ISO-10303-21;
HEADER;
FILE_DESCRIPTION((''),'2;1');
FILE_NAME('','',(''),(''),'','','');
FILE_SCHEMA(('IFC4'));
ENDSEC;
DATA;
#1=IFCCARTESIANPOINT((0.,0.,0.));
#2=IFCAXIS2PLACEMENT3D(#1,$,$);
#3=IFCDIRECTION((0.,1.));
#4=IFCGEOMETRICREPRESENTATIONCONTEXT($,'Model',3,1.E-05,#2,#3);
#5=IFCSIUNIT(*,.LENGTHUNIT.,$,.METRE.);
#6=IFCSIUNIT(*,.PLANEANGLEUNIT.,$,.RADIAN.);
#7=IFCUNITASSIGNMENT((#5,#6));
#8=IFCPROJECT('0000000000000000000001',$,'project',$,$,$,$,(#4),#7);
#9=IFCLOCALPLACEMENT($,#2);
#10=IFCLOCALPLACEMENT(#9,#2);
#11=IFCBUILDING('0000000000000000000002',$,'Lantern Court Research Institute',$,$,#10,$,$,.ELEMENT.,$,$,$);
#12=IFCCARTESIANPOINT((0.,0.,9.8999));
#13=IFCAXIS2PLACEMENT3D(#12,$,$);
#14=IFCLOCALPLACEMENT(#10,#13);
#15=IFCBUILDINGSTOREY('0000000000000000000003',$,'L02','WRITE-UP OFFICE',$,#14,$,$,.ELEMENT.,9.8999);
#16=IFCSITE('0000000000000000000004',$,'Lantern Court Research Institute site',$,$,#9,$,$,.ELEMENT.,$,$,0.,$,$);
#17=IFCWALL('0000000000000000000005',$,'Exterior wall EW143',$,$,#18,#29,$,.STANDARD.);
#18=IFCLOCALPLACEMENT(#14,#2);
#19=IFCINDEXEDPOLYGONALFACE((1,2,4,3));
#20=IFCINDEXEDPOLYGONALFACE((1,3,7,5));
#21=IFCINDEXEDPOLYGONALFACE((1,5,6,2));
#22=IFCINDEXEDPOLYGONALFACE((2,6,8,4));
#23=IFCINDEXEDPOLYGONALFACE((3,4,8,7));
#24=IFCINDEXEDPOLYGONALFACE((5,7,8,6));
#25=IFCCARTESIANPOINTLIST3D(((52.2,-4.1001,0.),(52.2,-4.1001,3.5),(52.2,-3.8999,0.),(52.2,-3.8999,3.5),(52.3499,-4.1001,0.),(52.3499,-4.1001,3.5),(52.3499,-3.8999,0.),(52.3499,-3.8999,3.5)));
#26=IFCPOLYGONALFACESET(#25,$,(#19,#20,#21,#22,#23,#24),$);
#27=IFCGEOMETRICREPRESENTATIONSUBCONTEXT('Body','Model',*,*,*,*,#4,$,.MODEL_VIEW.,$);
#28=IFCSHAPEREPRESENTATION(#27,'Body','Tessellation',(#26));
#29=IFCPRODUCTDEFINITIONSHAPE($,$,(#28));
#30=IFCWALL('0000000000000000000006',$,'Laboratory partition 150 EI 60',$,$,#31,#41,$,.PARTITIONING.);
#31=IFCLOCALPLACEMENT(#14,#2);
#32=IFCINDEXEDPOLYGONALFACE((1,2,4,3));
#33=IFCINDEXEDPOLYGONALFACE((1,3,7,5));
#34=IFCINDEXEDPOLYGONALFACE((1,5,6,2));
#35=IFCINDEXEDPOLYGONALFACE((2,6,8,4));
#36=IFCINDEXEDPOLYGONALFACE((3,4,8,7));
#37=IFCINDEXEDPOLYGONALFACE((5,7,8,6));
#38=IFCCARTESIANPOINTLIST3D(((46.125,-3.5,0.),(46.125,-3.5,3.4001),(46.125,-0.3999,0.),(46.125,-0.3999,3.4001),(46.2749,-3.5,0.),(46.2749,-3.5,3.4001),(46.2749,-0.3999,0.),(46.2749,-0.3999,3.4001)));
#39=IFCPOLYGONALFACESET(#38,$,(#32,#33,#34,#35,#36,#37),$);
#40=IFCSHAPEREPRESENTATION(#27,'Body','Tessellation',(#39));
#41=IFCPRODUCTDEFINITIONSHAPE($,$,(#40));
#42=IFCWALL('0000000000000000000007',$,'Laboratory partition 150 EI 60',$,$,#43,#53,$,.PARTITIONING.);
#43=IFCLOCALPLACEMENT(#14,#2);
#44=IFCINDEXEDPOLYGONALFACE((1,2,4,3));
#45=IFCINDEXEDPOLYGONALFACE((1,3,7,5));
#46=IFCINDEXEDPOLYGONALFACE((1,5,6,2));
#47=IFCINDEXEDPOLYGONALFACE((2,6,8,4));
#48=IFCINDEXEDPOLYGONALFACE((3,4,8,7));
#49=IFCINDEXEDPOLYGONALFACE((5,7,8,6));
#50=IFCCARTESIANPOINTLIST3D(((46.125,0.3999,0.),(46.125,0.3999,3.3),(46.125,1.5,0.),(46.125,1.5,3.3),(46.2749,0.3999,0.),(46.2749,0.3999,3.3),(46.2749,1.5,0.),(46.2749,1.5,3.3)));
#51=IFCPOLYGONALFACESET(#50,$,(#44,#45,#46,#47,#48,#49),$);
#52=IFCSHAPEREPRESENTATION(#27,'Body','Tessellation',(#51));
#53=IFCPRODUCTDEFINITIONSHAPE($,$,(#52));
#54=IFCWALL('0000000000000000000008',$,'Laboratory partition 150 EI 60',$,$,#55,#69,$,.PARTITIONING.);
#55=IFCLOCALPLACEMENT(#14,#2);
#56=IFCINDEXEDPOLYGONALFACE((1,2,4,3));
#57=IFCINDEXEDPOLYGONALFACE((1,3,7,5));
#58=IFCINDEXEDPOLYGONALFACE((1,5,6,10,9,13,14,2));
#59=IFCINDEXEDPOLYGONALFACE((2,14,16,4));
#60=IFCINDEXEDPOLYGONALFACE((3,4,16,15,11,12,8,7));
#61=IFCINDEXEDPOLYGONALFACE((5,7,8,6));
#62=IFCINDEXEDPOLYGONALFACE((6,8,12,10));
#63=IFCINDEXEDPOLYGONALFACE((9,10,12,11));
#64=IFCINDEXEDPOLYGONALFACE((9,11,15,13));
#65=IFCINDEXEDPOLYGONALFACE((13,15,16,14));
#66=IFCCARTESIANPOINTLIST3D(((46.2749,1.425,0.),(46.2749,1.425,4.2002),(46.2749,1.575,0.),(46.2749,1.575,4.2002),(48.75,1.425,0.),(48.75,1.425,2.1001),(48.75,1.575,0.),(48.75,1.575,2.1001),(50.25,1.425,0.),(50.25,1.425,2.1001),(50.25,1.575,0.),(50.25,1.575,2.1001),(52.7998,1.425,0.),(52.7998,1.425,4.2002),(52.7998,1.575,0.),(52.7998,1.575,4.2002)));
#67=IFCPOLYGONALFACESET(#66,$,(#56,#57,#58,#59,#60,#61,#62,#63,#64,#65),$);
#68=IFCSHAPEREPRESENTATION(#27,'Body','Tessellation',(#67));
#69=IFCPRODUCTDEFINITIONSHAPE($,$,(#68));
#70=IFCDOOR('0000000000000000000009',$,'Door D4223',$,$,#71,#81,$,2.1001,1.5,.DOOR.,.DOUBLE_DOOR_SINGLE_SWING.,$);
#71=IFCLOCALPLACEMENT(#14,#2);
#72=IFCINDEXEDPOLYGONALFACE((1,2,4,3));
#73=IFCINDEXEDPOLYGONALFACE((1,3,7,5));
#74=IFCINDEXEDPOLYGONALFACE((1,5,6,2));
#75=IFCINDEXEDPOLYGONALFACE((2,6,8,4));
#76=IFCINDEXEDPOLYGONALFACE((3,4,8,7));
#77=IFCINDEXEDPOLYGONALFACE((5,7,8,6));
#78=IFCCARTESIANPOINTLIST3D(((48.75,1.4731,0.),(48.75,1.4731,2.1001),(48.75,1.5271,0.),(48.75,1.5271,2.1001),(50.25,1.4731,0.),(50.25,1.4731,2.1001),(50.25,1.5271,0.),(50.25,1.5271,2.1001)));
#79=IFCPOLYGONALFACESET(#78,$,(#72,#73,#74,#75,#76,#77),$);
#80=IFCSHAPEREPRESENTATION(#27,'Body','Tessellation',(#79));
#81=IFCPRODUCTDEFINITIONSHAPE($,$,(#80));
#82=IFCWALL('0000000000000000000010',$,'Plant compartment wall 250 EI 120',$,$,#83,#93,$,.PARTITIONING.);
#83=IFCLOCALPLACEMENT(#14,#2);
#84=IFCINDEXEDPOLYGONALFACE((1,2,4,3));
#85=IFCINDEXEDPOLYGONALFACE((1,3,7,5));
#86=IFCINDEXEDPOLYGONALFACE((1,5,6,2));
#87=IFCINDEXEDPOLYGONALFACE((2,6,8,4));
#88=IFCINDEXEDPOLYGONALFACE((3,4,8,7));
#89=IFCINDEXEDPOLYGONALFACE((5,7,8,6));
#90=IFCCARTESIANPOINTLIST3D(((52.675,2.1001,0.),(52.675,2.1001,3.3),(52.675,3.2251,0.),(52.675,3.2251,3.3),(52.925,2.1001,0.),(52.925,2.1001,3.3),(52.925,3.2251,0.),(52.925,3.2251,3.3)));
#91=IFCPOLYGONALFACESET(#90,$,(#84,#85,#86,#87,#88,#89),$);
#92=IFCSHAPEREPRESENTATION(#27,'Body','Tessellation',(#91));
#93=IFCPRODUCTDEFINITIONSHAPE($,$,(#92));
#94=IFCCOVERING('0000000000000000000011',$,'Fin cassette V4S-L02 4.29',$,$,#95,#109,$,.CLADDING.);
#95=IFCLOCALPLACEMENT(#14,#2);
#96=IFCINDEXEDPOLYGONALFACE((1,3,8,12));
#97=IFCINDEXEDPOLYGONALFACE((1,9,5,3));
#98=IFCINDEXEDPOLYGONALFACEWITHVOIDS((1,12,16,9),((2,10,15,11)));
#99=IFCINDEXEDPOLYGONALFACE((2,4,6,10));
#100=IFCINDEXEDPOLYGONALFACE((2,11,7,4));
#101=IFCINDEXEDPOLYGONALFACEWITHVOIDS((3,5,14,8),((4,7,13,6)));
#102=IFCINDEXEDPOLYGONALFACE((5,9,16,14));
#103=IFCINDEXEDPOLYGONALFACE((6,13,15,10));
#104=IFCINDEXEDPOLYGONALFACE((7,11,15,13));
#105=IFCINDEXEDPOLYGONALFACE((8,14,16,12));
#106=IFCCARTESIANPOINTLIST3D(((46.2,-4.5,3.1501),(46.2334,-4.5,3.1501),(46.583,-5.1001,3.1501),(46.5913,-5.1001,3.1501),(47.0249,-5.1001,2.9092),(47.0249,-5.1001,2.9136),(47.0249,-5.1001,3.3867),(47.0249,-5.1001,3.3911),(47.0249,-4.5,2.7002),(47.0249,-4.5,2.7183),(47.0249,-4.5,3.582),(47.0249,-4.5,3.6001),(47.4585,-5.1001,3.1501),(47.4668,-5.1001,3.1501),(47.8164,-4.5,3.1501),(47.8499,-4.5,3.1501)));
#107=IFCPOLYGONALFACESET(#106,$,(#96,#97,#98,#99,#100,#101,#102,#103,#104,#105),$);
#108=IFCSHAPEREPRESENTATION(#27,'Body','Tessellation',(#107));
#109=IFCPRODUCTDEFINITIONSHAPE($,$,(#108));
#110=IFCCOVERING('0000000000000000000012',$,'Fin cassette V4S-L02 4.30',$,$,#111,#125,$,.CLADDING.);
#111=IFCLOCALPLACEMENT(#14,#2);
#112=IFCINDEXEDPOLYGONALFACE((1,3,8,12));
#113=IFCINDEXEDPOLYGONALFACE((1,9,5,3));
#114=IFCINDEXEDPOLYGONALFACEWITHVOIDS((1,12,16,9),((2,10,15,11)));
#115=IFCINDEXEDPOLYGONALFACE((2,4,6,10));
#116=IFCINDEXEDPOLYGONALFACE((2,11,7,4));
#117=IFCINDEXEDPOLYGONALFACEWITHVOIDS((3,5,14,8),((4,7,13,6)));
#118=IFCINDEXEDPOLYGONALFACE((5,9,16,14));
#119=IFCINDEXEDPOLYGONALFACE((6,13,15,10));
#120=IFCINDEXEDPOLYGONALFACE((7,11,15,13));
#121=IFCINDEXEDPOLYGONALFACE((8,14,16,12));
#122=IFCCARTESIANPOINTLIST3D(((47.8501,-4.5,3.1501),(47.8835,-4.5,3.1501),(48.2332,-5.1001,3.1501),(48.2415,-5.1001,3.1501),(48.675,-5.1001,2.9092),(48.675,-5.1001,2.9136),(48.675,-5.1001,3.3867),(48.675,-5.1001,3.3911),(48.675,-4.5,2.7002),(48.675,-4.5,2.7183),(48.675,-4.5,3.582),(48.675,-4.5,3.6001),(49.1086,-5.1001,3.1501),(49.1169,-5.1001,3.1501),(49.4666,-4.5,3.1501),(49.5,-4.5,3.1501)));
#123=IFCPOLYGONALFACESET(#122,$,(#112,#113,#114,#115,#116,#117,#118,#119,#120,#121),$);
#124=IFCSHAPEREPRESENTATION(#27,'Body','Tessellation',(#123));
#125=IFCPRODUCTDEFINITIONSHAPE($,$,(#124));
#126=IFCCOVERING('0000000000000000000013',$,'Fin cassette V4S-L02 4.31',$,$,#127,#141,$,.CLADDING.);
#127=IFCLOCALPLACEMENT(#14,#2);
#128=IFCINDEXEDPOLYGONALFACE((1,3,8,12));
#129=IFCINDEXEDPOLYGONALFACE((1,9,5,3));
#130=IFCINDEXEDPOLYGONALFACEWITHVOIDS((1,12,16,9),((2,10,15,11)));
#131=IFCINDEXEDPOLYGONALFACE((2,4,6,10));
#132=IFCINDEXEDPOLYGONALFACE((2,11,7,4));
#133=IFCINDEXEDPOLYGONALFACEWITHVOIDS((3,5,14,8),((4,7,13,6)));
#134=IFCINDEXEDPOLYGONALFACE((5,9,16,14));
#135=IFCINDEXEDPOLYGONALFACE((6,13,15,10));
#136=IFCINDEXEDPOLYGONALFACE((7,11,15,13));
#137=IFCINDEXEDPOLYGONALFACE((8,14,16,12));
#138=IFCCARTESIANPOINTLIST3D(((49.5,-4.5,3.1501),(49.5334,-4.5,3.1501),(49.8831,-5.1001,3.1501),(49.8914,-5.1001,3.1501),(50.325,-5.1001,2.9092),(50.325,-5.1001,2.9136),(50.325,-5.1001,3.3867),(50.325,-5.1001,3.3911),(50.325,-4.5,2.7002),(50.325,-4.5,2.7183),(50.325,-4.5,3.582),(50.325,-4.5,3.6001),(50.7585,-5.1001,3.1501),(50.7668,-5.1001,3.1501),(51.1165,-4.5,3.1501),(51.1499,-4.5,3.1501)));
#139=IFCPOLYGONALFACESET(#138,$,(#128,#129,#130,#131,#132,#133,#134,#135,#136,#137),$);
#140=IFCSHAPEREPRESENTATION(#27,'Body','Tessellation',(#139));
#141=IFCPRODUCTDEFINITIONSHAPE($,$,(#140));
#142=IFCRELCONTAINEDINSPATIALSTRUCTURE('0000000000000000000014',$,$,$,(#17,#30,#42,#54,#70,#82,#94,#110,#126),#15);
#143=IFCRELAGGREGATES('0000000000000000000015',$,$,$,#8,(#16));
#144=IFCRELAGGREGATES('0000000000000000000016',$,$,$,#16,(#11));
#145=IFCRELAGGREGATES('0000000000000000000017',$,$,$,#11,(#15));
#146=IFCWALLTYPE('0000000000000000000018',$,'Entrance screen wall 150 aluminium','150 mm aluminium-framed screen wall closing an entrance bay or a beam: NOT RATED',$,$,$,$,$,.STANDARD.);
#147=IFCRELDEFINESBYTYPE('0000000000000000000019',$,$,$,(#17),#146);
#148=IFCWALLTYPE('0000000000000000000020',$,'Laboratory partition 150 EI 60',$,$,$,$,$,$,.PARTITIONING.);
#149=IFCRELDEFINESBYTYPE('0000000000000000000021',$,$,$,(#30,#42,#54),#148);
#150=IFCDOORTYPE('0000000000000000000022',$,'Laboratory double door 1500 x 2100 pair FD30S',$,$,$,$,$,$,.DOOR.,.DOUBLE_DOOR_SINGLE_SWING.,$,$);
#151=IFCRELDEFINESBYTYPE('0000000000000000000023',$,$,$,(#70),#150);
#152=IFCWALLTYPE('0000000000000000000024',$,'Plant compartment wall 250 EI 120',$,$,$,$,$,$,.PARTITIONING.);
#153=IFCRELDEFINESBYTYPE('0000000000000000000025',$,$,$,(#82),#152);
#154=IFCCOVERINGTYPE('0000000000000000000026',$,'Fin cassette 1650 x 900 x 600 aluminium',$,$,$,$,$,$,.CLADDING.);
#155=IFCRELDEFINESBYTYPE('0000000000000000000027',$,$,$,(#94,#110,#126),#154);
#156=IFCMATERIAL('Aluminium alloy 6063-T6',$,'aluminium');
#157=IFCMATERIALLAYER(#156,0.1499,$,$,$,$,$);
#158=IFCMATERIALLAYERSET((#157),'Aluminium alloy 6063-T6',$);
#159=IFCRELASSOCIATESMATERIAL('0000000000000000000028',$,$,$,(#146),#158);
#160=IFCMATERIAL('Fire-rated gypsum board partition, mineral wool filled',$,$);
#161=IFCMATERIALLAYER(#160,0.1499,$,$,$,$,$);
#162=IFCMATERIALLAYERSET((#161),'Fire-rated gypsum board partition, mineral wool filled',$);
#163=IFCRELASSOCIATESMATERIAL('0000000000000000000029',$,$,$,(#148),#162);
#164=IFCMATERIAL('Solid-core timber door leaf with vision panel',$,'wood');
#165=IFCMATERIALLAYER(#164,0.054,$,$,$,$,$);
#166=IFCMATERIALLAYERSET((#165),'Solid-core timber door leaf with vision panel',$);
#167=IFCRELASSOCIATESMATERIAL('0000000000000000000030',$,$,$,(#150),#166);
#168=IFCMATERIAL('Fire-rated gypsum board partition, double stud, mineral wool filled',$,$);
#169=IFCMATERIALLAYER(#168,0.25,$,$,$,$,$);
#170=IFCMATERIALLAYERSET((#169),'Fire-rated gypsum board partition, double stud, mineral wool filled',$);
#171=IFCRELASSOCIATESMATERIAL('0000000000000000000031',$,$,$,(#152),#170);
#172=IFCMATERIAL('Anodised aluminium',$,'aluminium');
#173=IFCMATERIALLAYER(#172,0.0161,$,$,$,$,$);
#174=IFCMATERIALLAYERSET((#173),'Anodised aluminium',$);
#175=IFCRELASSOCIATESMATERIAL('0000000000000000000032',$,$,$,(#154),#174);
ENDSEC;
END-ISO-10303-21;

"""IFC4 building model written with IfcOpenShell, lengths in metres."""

from ifc_helpers import new_model, entity, si_unit, direction, frame, frame_2d, origin, place, context, subcontext, project, spatial, rectangle, extrude, material, layer, layer_set, type_object, element, fill, save


model = new_model("IFC4")

# Units and contexts
model_context = context("Model", 3, precision=1e-05, world=origin(), true_north=direction((0.0, 1.0)))
body_context = subcontext(model_context, "Body", "Model", "MODEL_VIEW")
ifc_project = project(units=[si_unit("LENGTHUNIT", "METRE"), si_unit("PLANEANGLEUNIT", "RADIAN")], contexts=[model_context])

# Site, building, storey
site_placement = place(None, origin())
site = spatial("IfcSite", under=ifc_project, at=site_placement, Name="Lantern Court Research Institute site", CompositionType="ELEMENT", RefElevation=0.0)
building_placement = place(site_placement, origin())
building = spatial("IfcBuilding", under=site, at=building_placement, Name="Lantern Court Research Institute", CompositionType="ELEMENT")
storey_placement = place(building_placement, frame((0.0, 0.0, 9.8999)))
storey = spatial("IfcBuildingStorey", under=building, at=storey_placement, Name="L02", Description="WRITE-UP OFFICE", CompositionType="ELEMENT", Elevation=9.8999)

# Walls
ifc_material_1 = material(Name="Aluminium alloy 6063-T6", Category="aluminium")
ifc_layer_1 = layer(ifc_material_1, 0.1499)
ifc_layer_set_1 = layer_set([ifc_layer_1], Name="Aluminium alloy 6063-T6")
wall_type_1 = type_object("IfcWallType", Name="Entrance screen wall 150 aluminium", Description="150 mm aluminium-framed screen wall closing an entrance bay or a beam: NOT RATED", PredefinedType="STANDARD", material=ifc_layer_set_1)
wall_1_placement = place(storey_placement, frame((52.2749, -4.1001, 0.0), z_axis=(0.0, 0.0, 1.0), x_axis=(0.0, 1.0, 0.0)))
element("IfcWall", 1, at=wall_1_placement, inside=storey, type_object=wall_type_1, Name="Exterior wall EW143", PredefinedType="STANDARD", context=body_context, shape_type="SweptSolid", body=[
    extrude(rectangle(XDim=0.2002, YDim=0.1499, at=frame_2d((0.1001, 0.0))), origin(), (0.0, 0.0, 1.0), 3.5),
])
ifc_material_2 = material(Name="Fire-rated gypsum board partition, mineral wool filled")
ifc_layer_2 = layer(ifc_material_2, 0.1499)
ifc_layer_set_2 = layer_set([ifc_layer_2], Name="Fire-rated gypsum board partition, mineral wool filled")
wall_type_2 = type_object("IfcWallType", Name="Laboratory partition 150 EI 60", PredefinedType="PARTITIONING", material=ifc_layer_set_2)
wall_2_placement = place(storey_placement, frame((46.2, -3.5, 0.0), z_axis=(0.0, 0.0, 1.0), x_axis=(0.0, 1.0, 0.0)))
element("IfcWall", 2, at=wall_2_placement, inside=storey, type_object=wall_type_2, Name="Laboratory partition 150 EI 60", PredefinedType="PARTITIONING", context=body_context, shape_type="SweptSolid", body=[
    extrude(rectangle(XDim=3.1001, YDim=0.1499, at=frame_2d((1.55, 0.0))), origin(), (0.0, 0.0, 1.0), 3.4001),
])
wall_3_placement = place(storey_placement, frame((46.2, 0.3999, 0.0), z_axis=(0.0, 0.0, 1.0), x_axis=(0.0, 1.0, 0.0)))
element("IfcWall", 3, at=wall_3_placement, inside=storey, type_object=wall_type_2, Name="Laboratory partition 150 EI 60", PredefinedType="PARTITIONING", context=body_context, shape_type="SweptSolid", body=[
    extrude(rectangle(XDim=1.1001, YDim=0.1499, at=frame_2d((0.55, 0.0))), origin(), (0.0, 0.0, 1.0), 3.3),
])

# Wall, opening, door
wall_4_placement = place(storey_placement, frame((52.7998, 1.5, 0.0), z_axis=(0.0, 0.0, 1.0), x_axis=(-1.0, 0.0, 0.0)))
wall_4 = element("IfcWall", 4, at=wall_4_placement, inside=storey, type_object=wall_type_2, Name="Laboratory partition 150 EI 60", PredefinedType="PARTITIONING", context=body_context, shape_type="SweptSolid", body=[
    extrude(rectangle(XDim=6.5249, YDim=0.1499, at=frame_2d((3.2625, 0.0))), origin(), (0.0, 0.0, 1.0), 4.2002),
])
opening_placement = place(wall_4_placement, frame((2.5498, 0.0, 0.0)))
opening = element("IfcOpeningElement", 5, at=opening_placement, cuts=wall_4, PredefinedType="OPENING", context=body_context, shape_type="SweptSolid", body=[
    extrude(rectangle(XDim=1.5, YDim=2.1001, at=frame_2d((0.75, 1.05))), frame((0.0, 0.085, 0.0), z_axis=(0.0, -1.0, 0.0), x_axis=(1.0, 0.0, 0.0)), (0.0, 0.0, 1.0), 0.1699),
])
ifc_material_3 = material(Name="Solid-core timber door leaf with vision panel", Category="wood")
ifc_layer_3 = layer(ifc_material_3, 0.054)
ifc_layer_set_3 = layer_set([ifc_layer_3], Name="Solid-core timber door leaf with vision panel")
door_type = type_object("IfcDoorType", Name="Laboratory double door 1500 x 2100 pair FD30S", OperationType="DOUBLE_DOOR_SINGLE_SWING", PredefinedType="DOOR", material=ifc_layer_set_3)
door_placement = place(opening_placement, origin())
door = element("IfcDoor", 6, at=door_placement, inside=storey, type_object=door_type, Name="Door D4223", OperationType="DOUBLE_DOOR_SINGLE_SWING", OverallHeight=2.1001, OverallWidth=1.5, PredefinedType="DOOR", context=body_context, shape_type="SweptSolid", body=[
    extrude(rectangle(XDim=1.5, YDim=2.1001, at=frame_2d((0.75, 1.05))), frame((0.0, 0.0269, 0.0), z_axis=(0.0, -1.0, 0.0), x_axis=(1.0, 0.0, 0.0)), (0.0, 0.0, 1.0), 0.054),
])
fill(opening, door)

# Wall
ifc_material_4 = material(Name="Fire-rated gypsum board partition, double stud, mineral wool filled")
ifc_layer_4 = layer(ifc_material_4, 0.25)
ifc_layer_set_4 = layer_set([ifc_layer_4], Name="Fire-rated gypsum board partition, double stud, mineral wool filled")
wall_type_3 = type_object("IfcWallType", Name="Plant compartment wall 250 EI 120", PredefinedType="PARTITIONING", material=ifc_layer_set_4)
wall_5_placement = place(storey_placement, frame((52.8, 2.1001, 0.0), z_axis=(0.0, 0.0, 1.0), x_axis=(0.0, 1.0, 0.0)))
element("IfcWall", 7, at=wall_5_placement, inside=storey, type_object=wall_type_3, Name="Plant compartment wall 250 EI 120", PredefinedType="PARTITIONING", context=body_context, shape_type="SweptSolid", body=[
    extrude(rectangle(XDim=1.125, YDim=0.25, at=frame_2d((0.5625, 0.0))), origin(), (0.0, 0.0, 1.0), 3.3),
])

# Coverings
ifc_material_5 = material(Name="Anodised aluminium", Category="aluminium")
ifc_layer_5 = layer(ifc_material_5, 0.0161)
ifc_layer_set_5 = layer_set([ifc_layer_5], Name="Anodised aluminium")
covering_type = type_object("IfcCoveringType", Name="Fin cassette 1650 x 900 x 600 aluminium", PredefinedType="CLADDING", material=ifc_layer_set_5)
covering_1_placement = place(storey_placement, frame((47.0249, -4.5, 3.1501), z_axis=(0.0, -1.0, 0.0), x_axis=(1.0, 0.0, 0.0)))
cartesian_point_1 = entity("IfcCartesianPoint", [0.825, 0.0])
cartesian_point_2 = entity("IfcCartesianPoint", [0.7915, 0.0])
cartesian_point_3 = entity("IfcCartesianPoint", [0.4419, 0.0])
cartesian_point_4 = entity("IfcCartesianPoint", [0.4336, 0.0])
element("IfcCovering", 8, at=covering_1_placement, inside=storey, type_object=covering_type, Name="Fin cassette V4S-L02 4.29", PredefinedType="CLADDING", context=body_context, shape_type="SweptSolid", body=[
    entity("IfcExtrudedAreaSolidTapered", entity("IfcArbitraryProfileDefWithVoids", "AREA", None, entity("IfcPolyline", [cartesian_point_1, entity("IfcCartesianPoint", [0.0, 0.45]), entity("IfcCartesianPoint", [-0.825, 0.0]), entity("IfcCartesianPoint", [0.0, -0.45]), cartesian_point_1]), [entity("IfcPolyline", [cartesian_point_2, entity("IfcCartesianPoint", [0.0, 0.4319]), entity("IfcCartesianPoint", [-0.7915, 0.0]), entity("IfcCartesianPoint", [0.0, -0.4319]), cartesian_point_2])]), entity("IfcAxis2Placement3D", entity("IfcCartesianPoint", [0.0, 0.0, 0.0])), entity("IfcDirection", [0.0, 0.0, 1.0]), 0.6001, entity("IfcArbitraryProfileDefWithVoids", "AREA", None, entity("IfcPolyline", [cartesian_point_3, entity("IfcCartesianPoint", [0.0, 0.241]), entity("IfcCartesianPoint", [-0.4419, 0.0]), entity("IfcCartesianPoint", [0.0, -0.241]), cartesian_point_3]), [entity("IfcPolyline", [cartesian_point_4, entity("IfcCartesianPoint", [0.0, 0.2366]), entity("IfcCartesianPoint", [-0.4336, 0.0]), entity("IfcCartesianPoint", [0.0, -0.2366]), cartesian_point_4])])),
])
covering_2_placement = place(storey_placement, frame((48.675, -4.5, 3.1501), z_axis=(0.0, -1.0, 0.0), x_axis=(1.0, 0.0, 0.0)))
cartesian_point_5 = entity("IfcCartesianPoint", [0.825, 0.0])
cartesian_point_6 = entity("IfcCartesianPoint", [0.7915, 0.0])
cartesian_point_7 = entity("IfcCartesianPoint", [0.4419, 0.0])
cartesian_point_8 = entity("IfcCartesianPoint", [0.4336, 0.0])
element("IfcCovering", 9, at=covering_2_placement, inside=storey, type_object=covering_type, Name="Fin cassette V4S-L02 4.30", PredefinedType="CLADDING", context=body_context, shape_type="SweptSolid", body=[
    entity("IfcExtrudedAreaSolidTapered", entity("IfcArbitraryProfileDefWithVoids", "AREA", None, entity("IfcPolyline", [cartesian_point_5, entity("IfcCartesianPoint", [0.0, 0.45]), entity("IfcCartesianPoint", [-0.825, 0.0]), entity("IfcCartesianPoint", [0.0, -0.45]), cartesian_point_5]), [entity("IfcPolyline", [cartesian_point_6, entity("IfcCartesianPoint", [0.0, 0.4319]), entity("IfcCartesianPoint", [-0.7915, 0.0]), entity("IfcCartesianPoint", [0.0, -0.4319]), cartesian_point_6])]), entity("IfcAxis2Placement3D", entity("IfcCartesianPoint", [0.0, 0.0, 0.0])), entity("IfcDirection", [0.0, 0.0, 1.0]), 0.6001, entity("IfcArbitraryProfileDefWithVoids", "AREA", None, entity("IfcPolyline", [cartesian_point_7, entity("IfcCartesianPoint", [0.0, 0.241]), entity("IfcCartesianPoint", [-0.4419, 0.0]), entity("IfcCartesianPoint", [0.0, -0.241]), cartesian_point_7]), [entity("IfcPolyline", [cartesian_point_8, entity("IfcCartesianPoint", [0.0, 0.2366]), entity("IfcCartesianPoint", [-0.4336, 0.0]), entity("IfcCartesianPoint", [0.0, -0.2366]), cartesian_point_8])])),
])
covering_3_placement = place(storey_placement, frame((50.325, -4.5, 3.1501), z_axis=(0.0, -1.0, 0.0), x_axis=(1.0, 0.0, 0.0)))
cartesian_point_9 = entity("IfcCartesianPoint", [0.825, 0.0])
cartesian_point_10 = entity("IfcCartesianPoint", [0.7915, 0.0])
cartesian_point_11 = entity("IfcCartesianPoint", [0.4419, 0.0])
cartesian_point_12 = entity("IfcCartesianPoint", [0.4336, 0.0])
element("IfcCovering", 10, at=covering_3_placement, inside=storey, type_object=covering_type, Name="Fin cassette V4S-L02 4.31", PredefinedType="CLADDING", context=body_context, shape_type="SweptSolid", body=[
    entity("IfcExtrudedAreaSolidTapered", entity("IfcArbitraryProfileDefWithVoids", "AREA", None, entity("IfcPolyline", [cartesian_point_9, entity("IfcCartesianPoint", [0.0, 0.45]), entity("IfcCartesianPoint", [-0.825, 0.0]), entity("IfcCartesianPoint", [0.0, -0.45]), cartesian_point_9]), [entity("IfcPolyline", [cartesian_point_10, entity("IfcCartesianPoint", [0.0, 0.4319]), entity("IfcCartesianPoint", [-0.7915, 0.0]), entity("IfcCartesianPoint", [0.0, -0.4319]), cartesian_point_10])]), entity("IfcAxis2Placement3D", entity("IfcCartesianPoint", [0.0, 0.0, 0.0])), entity("IfcDirection", [0.0, 0.0, 1.0]), 0.6001, entity("IfcArbitraryProfileDefWithVoids", "AREA", None, entity("IfcPolyline", [cartesian_point_11, entity("IfcCartesianPoint", [0.0, 0.241]), entity("IfcCartesianPoint", [-0.4419, 0.0]), entity("IfcCartesianPoint", [0.0, -0.241]), cartesian_point_11]), [entity("IfcPolyline", [cartesian_point_12, entity("IfcCartesianPoint", [0.0, 0.2366]), entity("IfcCartesianPoint", [-0.4336, 0.0]), entity("IfcCartesianPoint", [0.0, -0.2366]), cartesian_point_12])])),
])

save(model, "model.ifc")
